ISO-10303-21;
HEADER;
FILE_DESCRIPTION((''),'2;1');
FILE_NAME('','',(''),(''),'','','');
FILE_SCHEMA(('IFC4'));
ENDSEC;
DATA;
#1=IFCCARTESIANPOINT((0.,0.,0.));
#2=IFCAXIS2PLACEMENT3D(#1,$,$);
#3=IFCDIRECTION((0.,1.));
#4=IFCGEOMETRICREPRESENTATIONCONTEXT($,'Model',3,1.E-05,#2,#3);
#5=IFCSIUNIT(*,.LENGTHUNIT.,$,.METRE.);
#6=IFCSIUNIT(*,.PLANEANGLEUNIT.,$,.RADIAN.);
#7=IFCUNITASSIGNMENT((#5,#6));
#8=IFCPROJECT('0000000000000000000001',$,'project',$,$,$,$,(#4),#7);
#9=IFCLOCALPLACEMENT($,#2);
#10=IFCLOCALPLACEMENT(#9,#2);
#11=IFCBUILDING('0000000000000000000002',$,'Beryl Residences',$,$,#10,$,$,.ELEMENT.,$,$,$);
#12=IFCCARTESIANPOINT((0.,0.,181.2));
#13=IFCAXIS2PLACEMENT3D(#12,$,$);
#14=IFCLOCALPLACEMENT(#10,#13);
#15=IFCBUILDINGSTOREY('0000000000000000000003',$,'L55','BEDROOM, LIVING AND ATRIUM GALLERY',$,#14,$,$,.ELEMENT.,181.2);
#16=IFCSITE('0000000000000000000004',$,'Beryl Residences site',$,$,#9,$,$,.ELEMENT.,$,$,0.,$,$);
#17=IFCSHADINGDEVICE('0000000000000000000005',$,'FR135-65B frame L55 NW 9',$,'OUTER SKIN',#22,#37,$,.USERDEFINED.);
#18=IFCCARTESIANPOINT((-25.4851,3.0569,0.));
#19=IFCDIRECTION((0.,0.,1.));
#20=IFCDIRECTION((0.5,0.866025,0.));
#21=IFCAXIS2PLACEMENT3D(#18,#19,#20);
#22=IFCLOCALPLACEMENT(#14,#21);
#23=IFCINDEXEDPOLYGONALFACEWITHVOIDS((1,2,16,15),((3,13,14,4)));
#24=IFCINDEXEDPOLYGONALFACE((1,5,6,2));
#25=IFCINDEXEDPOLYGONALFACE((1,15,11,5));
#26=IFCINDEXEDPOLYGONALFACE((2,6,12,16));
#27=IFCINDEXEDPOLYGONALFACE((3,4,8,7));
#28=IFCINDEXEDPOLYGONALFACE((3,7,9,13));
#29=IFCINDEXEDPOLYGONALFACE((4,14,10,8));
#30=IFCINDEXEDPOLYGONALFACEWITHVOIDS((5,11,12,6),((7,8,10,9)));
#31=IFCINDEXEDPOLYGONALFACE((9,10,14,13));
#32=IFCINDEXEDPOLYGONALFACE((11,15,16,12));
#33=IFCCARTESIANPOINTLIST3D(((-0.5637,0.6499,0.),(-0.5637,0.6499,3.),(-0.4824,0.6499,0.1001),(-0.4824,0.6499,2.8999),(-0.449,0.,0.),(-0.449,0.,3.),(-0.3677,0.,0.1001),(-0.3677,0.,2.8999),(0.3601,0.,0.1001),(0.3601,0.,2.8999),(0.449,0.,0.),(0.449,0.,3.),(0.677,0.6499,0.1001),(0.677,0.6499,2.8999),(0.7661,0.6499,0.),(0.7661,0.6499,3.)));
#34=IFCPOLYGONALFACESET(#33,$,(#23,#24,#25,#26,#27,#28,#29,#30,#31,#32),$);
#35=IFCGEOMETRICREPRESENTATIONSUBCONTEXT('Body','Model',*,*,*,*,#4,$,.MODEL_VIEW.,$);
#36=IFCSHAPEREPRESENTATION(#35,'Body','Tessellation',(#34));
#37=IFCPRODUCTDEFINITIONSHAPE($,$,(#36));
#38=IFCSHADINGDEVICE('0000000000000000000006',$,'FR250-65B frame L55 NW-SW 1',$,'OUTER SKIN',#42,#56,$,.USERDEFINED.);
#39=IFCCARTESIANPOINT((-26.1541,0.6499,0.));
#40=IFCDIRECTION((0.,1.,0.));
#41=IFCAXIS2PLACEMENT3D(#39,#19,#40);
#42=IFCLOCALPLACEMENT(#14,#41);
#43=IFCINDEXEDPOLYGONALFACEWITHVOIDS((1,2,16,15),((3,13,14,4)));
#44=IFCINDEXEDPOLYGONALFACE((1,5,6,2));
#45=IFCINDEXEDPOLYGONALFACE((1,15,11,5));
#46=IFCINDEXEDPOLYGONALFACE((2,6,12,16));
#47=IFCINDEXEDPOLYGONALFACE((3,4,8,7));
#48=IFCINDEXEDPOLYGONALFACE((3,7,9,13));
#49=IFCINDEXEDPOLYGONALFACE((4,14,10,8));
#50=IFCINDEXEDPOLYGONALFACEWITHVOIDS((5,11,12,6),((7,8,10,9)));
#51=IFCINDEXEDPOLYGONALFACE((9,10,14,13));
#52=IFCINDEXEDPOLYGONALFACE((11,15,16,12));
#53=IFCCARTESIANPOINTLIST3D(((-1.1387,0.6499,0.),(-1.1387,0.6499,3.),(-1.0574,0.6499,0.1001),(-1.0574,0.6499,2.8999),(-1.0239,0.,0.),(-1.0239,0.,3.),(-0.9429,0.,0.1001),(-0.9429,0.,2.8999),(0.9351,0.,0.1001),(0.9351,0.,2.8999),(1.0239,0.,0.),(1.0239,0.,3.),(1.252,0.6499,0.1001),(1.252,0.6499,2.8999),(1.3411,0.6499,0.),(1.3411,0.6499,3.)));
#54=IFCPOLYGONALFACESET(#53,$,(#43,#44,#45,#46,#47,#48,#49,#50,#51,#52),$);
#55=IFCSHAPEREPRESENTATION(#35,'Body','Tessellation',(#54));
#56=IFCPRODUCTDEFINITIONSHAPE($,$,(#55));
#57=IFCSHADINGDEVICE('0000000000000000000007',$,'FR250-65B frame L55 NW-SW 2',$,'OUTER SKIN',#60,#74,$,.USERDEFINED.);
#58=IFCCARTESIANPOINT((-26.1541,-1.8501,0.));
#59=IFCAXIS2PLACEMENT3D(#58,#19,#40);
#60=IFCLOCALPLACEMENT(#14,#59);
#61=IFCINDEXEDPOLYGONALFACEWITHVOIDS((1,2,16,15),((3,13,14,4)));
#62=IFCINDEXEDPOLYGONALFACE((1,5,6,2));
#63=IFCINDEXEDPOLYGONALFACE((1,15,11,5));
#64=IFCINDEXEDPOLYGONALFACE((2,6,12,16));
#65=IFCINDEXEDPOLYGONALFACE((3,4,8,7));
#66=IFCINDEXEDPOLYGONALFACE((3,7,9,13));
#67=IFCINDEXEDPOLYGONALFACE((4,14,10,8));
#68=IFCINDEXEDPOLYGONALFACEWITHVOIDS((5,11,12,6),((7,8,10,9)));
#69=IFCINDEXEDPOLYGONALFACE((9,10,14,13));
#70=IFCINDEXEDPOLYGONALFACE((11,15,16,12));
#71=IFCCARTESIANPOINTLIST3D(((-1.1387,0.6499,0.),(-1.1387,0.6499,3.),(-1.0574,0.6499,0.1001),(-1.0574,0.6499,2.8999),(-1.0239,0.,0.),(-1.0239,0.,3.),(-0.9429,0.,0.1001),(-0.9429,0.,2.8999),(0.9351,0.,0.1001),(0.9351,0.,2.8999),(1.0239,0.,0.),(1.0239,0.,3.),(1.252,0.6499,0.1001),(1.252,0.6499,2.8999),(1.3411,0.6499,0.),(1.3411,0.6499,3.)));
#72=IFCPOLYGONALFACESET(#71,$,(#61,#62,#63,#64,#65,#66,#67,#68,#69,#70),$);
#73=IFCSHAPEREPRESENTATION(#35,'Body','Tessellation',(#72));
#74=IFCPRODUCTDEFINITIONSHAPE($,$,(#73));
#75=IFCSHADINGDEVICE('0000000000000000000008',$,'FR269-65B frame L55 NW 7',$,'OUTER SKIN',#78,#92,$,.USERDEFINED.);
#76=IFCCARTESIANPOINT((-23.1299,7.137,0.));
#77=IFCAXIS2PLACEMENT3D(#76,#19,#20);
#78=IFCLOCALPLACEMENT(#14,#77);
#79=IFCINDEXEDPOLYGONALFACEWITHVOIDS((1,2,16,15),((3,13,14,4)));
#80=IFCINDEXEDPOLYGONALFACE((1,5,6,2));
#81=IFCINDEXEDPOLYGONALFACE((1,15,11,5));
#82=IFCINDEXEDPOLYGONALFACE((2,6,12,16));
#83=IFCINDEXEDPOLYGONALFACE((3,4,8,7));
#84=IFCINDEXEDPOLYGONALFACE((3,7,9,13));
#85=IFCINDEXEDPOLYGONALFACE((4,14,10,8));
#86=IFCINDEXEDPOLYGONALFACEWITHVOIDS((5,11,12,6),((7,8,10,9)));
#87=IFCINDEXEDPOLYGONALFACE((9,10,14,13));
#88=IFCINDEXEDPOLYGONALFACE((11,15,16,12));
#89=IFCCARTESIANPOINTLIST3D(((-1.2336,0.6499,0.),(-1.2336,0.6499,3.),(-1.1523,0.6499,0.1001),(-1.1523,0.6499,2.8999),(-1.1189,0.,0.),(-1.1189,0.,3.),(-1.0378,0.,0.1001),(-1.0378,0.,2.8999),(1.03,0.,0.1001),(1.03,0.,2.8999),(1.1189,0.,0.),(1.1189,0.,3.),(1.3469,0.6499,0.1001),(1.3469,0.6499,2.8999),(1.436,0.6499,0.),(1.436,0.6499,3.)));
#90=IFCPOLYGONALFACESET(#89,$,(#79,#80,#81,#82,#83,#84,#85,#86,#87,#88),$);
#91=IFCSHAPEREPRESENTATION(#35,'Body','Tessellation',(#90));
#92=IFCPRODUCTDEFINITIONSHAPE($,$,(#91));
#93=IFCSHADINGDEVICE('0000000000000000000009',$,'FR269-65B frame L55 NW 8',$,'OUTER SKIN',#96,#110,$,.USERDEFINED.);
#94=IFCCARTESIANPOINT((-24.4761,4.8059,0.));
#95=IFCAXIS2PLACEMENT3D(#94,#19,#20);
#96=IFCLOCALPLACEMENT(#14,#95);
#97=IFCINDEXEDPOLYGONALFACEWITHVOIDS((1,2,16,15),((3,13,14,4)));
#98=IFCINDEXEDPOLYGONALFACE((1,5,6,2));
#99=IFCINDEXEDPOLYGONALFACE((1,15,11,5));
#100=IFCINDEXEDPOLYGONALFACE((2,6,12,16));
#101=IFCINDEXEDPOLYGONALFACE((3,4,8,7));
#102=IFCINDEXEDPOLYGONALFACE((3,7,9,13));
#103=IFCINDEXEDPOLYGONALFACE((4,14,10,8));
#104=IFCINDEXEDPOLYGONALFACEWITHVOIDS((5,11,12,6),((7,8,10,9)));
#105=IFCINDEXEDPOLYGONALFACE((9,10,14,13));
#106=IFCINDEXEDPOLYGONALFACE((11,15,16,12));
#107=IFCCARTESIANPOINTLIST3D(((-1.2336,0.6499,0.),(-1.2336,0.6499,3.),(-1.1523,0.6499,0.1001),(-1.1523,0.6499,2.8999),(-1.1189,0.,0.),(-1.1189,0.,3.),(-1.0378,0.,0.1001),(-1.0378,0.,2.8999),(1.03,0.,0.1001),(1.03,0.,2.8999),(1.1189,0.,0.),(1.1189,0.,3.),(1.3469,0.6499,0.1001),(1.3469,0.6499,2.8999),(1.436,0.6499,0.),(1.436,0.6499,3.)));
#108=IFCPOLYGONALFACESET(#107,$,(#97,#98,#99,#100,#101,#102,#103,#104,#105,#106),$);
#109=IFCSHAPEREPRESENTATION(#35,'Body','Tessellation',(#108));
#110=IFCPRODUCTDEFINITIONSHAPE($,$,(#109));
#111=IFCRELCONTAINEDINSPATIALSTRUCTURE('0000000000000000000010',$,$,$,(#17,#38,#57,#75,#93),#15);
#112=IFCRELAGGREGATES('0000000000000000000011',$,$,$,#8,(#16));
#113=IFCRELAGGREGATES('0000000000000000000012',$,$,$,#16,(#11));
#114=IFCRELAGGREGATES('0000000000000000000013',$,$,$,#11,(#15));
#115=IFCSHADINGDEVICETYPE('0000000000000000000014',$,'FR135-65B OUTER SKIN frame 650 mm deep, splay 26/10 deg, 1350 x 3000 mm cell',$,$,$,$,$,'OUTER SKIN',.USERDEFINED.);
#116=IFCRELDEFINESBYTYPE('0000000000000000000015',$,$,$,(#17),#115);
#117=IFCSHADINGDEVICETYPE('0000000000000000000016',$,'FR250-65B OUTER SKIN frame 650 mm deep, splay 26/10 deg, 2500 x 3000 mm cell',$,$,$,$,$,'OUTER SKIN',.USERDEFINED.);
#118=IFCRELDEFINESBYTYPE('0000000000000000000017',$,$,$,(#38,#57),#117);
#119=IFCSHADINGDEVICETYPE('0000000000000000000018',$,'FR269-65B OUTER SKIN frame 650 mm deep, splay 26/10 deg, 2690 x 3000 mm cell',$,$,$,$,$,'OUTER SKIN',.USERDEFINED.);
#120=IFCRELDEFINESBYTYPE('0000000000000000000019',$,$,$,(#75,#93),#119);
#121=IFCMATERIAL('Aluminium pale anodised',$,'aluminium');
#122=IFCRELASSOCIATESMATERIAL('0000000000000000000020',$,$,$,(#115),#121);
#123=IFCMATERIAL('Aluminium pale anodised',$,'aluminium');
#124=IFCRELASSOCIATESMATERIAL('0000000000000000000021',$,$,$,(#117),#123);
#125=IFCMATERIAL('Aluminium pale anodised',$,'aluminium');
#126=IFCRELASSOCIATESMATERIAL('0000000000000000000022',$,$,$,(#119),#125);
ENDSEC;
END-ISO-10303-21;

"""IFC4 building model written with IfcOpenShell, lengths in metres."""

from ifc_helpers import new_model, entity, si_unit, direction, frame, origin, place, context, subcontext, project, spatial, source, transform, mapped, material, type_object, type_shapes, element, save


model = new_model("IFC4")

# Units and contexts
model_context = context("Model", 3, precision=1e-05, world=origin(), true_north=direction((0.0, 1.0)))
body_context = subcontext(model_context, "Body", "Model", "MODEL_VIEW")
ifc_project = project(units=[si_unit("LENGTHUNIT", "METRE"), si_unit("PLANEANGLEUNIT", "RADIAN")], contexts=[model_context])

# Site, building, storey
site_placement = place(None, origin())
site = spatial("IfcSite", under=ifc_project, at=site_placement, Name="Beryl Residences site", CompositionType="ELEMENT", RefElevation=0.0)
building_placement = place(site_placement, origin())
building = spatial("IfcBuilding", under=site, at=building_placement, Name="Beryl Residences", CompositionType="ELEMENT")
storey_placement = place(building_placement, frame((0.0, 0.0, 181.2)))
storey = spatial("IfcBuildingStorey", under=building, at=storey_placement, Name="L55", Description="BEDROOM, LIVING AND ATRIUM GALLERY", CompositionType="ELEMENT", Elevation=181.2)

# Shading devices
ifc_material_1 = material(Name="Aluminium pale anodised", Category="aluminium")
shading_device_type_1 = type_object("IfcShadingDeviceType", Name="FR135-65B OUTER SKIN frame 650 mm deep, splay 26/10 deg, 1350 x 3000 mm cell", ElementType="OUTER SKIN", PredefinedType="USERDEFINED", material=ifc_material_1)
cartesian_point_1 = entity("IfcCartesianPoint", [-0.449, 0.0])
cartesian_point_2 = entity("IfcCartesianPoint", [-0.3601, 0.1001])
cartesian_point_3 = entity("IfcCartesianPoint", [-0.7661, 0.0])
cartesian_point_4 = entity("IfcCartesianPoint", [-0.677, 0.1001])
shared_shape_1 = source(origin(), body_context, "Body", "SweptSolid", [
    entity("IfcExtrudedAreaSolidTapered", entity("IfcArbitraryProfileDefWithVoids", "AREA", None, entity("IfcPolyline", [cartesian_point_1, entity("IfcCartesianPoint", [0.449, 0.0]), entity("IfcCartesianPoint", [0.449, 3.0]), entity("IfcCartesianPoint", [-0.449, 3.0]), cartesian_point_1]), [entity("IfcPolyline", [cartesian_point_2, entity("IfcCartesianPoint", [0.3677, 0.1001]), entity("IfcCartesianPoint", [0.3677, 2.8999]), entity("IfcCartesianPoint", [-0.3601, 2.8999]), cartesian_point_2])]), entity("IfcAxis2Placement3D", entity("IfcCartesianPoint", [0.0, 0.0, 0.0]), entity("IfcDirection", [0.0, 1.0, 0.0]), entity("IfcDirection", [-1.0, 0.0, 0.0])), entity("IfcDirection", [0.0, 0.0, 1.0]), 0.6499, entity("IfcArbitraryProfileDefWithVoids", "AREA", None, entity("IfcPolyline", [cartesian_point_3, entity("IfcCartesianPoint", [0.5637, 0.0]), entity("IfcCartesianPoint", [0.5637, 3.0]), entity("IfcCartesianPoint", [-0.7661, 3.0]), cartesian_point_3]), [entity("IfcPolyline", [cartesian_point_4, entity("IfcCartesianPoint", [0.4824, 0.1001]), entity("IfcCartesianPoint", [0.4824, 2.8999]), entity("IfcCartesianPoint", [-0.677, 2.8999]), cartesian_point_4])])),
])
type_shapes(shading_device_type_1, [shared_shape_1])
shading_device_placement = place(storey_placement, frame((-25.4851, 3.0569, 0.0), z_axis=(0.0, 0.0, 1.0), x_axis=(0.5, 0.866025, 0.0)))
element("IfcShadingDevice", 1, at=shading_device_placement, inside=storey, type_object=shading_device_type_1, Name="FR135-65B frame L55 NW 9", ObjectType="OUTER SKIN", PredefinedType="USERDEFINED", context=body_context, shape_type="MappedRepresentation", body=[
    mapped(shared_shape_1, transform((0.0, 0.0, 0.0))),
])
ifc_material_2 = material(Name="Aluminium pale anodised", Category="aluminium")
shading_device_type_2 = type_object("IfcShadingDeviceType", Name="FR250-65B OUTER SKIN frame 650 mm deep, splay 26/10 deg, 2500 x 3000 mm cell", ElementType="OUTER SKIN", PredefinedType="USERDEFINED", material=ifc_material_2)
cartesian_point_5 = entity("IfcCartesianPoint", [-1.0239, 0.0])
cartesian_point_6 = entity("IfcCartesianPoint", [-0.9351, 0.1001])
cartesian_point_7 = entity("IfcCartesianPoint", [-1.3411, 0.0])
cartesian_point_8 = entity("IfcCartesianPoint", [-1.252, 0.1001])
shared_shape_2 = source(origin(), body_context, "Body", "SweptSolid", [
    entity("IfcExtrudedAreaSolidTapered", entity("IfcArbitraryProfileDefWithVoids", "AREA", None, entity("IfcPolyline", [cartesian_point_5, entity("IfcCartesianPoint", [1.0239, 0.0]), entity("IfcCartesianPoint", [1.0239, 3.0]), entity("IfcCartesianPoint", [-1.0239, 3.0]), cartesian_point_5]), [entity("IfcPolyline", [cartesian_point_6, entity("IfcCartesianPoint", [0.9429, 0.1001]), entity("IfcCartesianPoint", [0.9429, 2.8999]), entity("IfcCartesianPoint", [-0.9351, 2.8999]), cartesian_point_6])]), entity("IfcAxis2Placement3D", entity("IfcCartesianPoint", [0.0, 0.0, 0.0]), entity("IfcDirection", [0.0, 1.0, 0.0]), entity("IfcDirection", [-1.0, 0.0, 0.0])), entity("IfcDirection", [0.0, 0.0, 1.0]), 0.6499, entity("IfcArbitraryProfileDefWithVoids", "AREA", None, entity("IfcPolyline", [cartesian_point_7, entity("IfcCartesianPoint", [1.1387, 0.0]), entity("IfcCartesianPoint", [1.1387, 3.0]), entity("IfcCartesianPoint", [-1.3411, 3.0]), cartesian_point_7]), [entity("IfcPolyline", [cartesian_point_8, entity("IfcCartesianPoint", [1.0574, 0.1001]), entity("IfcCartesianPoint", [1.0574, 2.8999]), entity("IfcCartesianPoint", [-1.252, 2.8999]), cartesian_point_8])])),
])
type_shapes(shading_device_type_2, [shared_shape_2])
for number, where, z_axis, x_axis, name in (
    (2, (-26.1541, 0.6499, 0.0), (0.0, 0.0, 1.0), (0.0, 1.0, 0.0), "FR250-65B frame L55 NW-SW 1"),
    (3, (-26.1541, -1.8501, 0.0), (0.0, 0.0, 1.0), (0.0, 1.0, 0.0), "FR250-65B frame L55 NW-SW 2"),
):
    element("IfcShadingDevice", number, at=place(storey_placement, frame(where, z_axis=z_axis, x_axis=x_axis)), inside=storey, type_object=shading_device_type_2, Name=name, ObjectType="OUTER SKIN", PredefinedType="USERDEFINED", context=body_context, shape_type="MappedRepresentation", body=[
        mapped(shared_shape_2, transform((0.0, 0.0, 0.0))),
    ])
ifc_material_3 = material(Name="Aluminium pale anodised", Category="aluminium")
shading_device_type_3 = type_object("IfcShadingDeviceType", Name="FR269-65B OUTER SKIN frame 650 mm deep, splay 26/10 deg, 2690 x 3000 mm cell", ElementType="OUTER SKIN", PredefinedType="USERDEFINED", material=ifc_material_3)
cartesian_point_9 = entity("IfcCartesianPoint", [-1.1189, 0.0])
cartesian_point_10 = entity("IfcCartesianPoint", [-1.03, 0.1001])
cartesian_point_11 = entity("IfcCartesianPoint", [-1.436, 0.0])
cartesian_point_12 = entity("IfcCartesianPoint", [-1.3469, 0.1001])
shared_shape_3 = source(origin(), body_context, "Body", "SweptSolid", [
    entity("IfcExtrudedAreaSolidTapered", entity("IfcArbitraryProfileDefWithVoids", "AREA", None, entity("IfcPolyline", [cartesian_point_9, entity("IfcCartesianPoint", [1.1189, 0.0]), entity("IfcCartesianPoint", [1.1189, 3.0]), entity("IfcCartesianPoint", [-1.1189, 3.0]), cartesian_point_9]), [entity("IfcPolyline", [cartesian_point_10, entity("IfcCartesianPoint", [1.0378, 0.1001]), entity("IfcCartesianPoint", [1.0378, 2.8999]), entity("IfcCartesianPoint", [-1.03, 2.8999]), cartesian_point_10])]), entity("IfcAxis2Placement3D", entity("IfcCartesianPoint", [0.0, 0.0, 0.0]), entity("IfcDirection", [0.0, 1.0, 0.0]), entity("IfcDirection", [-1.0, 0.0, 0.0])), entity("IfcDirection", [0.0, 0.0, 1.0]), 0.6499, entity("IfcArbitraryProfileDefWithVoids", "AREA", None, entity("IfcPolyline", [cartesian_point_11, entity("IfcCartesianPoint", [1.2336, 0.0]), entity("IfcCartesianPoint", [1.2336, 3.0]), entity("IfcCartesianPoint", [-1.436, 3.0]), cartesian_point_11]), [entity("IfcPolyline", [cartesian_point_12, entity("IfcCartesianPoint", [1.1523, 0.1001]), entity("IfcCartesianPoint", [1.1523, 2.8999]), entity("IfcCartesianPoint", [-1.3469, 2.8999]), cartesian_point_12])])),
])
type_shapes(shading_device_type_3, [shared_shape_3])
for number, where, z_axis, x_axis, name in (
    (4, (-23.1299, 7.137, 0.0), (0.0, 0.0, 1.0), (0.5, 0.866025, 0.0), "FR269-65B frame L55 NW 7"),
    (5, (-24.4761, 4.8059, 0.0), (0.0, 0.0, 1.0), (0.5, 0.866025, 0.0), "FR269-65B frame L55 NW 8"),
):
    element("IfcShadingDevice", number, at=place(storey_placement, frame(where, z_axis=z_axis, x_axis=x_axis)), inside=storey, type_object=shading_device_type_3, Name=name, ObjectType="OUTER SKIN", PredefinedType="USERDEFINED", context=body_context, shape_type="MappedRepresentation", body=[
        mapped(shared_shape_3, transform((0.0, 0.0, 0.0))),
    ])

save(model, "model.ifc")
